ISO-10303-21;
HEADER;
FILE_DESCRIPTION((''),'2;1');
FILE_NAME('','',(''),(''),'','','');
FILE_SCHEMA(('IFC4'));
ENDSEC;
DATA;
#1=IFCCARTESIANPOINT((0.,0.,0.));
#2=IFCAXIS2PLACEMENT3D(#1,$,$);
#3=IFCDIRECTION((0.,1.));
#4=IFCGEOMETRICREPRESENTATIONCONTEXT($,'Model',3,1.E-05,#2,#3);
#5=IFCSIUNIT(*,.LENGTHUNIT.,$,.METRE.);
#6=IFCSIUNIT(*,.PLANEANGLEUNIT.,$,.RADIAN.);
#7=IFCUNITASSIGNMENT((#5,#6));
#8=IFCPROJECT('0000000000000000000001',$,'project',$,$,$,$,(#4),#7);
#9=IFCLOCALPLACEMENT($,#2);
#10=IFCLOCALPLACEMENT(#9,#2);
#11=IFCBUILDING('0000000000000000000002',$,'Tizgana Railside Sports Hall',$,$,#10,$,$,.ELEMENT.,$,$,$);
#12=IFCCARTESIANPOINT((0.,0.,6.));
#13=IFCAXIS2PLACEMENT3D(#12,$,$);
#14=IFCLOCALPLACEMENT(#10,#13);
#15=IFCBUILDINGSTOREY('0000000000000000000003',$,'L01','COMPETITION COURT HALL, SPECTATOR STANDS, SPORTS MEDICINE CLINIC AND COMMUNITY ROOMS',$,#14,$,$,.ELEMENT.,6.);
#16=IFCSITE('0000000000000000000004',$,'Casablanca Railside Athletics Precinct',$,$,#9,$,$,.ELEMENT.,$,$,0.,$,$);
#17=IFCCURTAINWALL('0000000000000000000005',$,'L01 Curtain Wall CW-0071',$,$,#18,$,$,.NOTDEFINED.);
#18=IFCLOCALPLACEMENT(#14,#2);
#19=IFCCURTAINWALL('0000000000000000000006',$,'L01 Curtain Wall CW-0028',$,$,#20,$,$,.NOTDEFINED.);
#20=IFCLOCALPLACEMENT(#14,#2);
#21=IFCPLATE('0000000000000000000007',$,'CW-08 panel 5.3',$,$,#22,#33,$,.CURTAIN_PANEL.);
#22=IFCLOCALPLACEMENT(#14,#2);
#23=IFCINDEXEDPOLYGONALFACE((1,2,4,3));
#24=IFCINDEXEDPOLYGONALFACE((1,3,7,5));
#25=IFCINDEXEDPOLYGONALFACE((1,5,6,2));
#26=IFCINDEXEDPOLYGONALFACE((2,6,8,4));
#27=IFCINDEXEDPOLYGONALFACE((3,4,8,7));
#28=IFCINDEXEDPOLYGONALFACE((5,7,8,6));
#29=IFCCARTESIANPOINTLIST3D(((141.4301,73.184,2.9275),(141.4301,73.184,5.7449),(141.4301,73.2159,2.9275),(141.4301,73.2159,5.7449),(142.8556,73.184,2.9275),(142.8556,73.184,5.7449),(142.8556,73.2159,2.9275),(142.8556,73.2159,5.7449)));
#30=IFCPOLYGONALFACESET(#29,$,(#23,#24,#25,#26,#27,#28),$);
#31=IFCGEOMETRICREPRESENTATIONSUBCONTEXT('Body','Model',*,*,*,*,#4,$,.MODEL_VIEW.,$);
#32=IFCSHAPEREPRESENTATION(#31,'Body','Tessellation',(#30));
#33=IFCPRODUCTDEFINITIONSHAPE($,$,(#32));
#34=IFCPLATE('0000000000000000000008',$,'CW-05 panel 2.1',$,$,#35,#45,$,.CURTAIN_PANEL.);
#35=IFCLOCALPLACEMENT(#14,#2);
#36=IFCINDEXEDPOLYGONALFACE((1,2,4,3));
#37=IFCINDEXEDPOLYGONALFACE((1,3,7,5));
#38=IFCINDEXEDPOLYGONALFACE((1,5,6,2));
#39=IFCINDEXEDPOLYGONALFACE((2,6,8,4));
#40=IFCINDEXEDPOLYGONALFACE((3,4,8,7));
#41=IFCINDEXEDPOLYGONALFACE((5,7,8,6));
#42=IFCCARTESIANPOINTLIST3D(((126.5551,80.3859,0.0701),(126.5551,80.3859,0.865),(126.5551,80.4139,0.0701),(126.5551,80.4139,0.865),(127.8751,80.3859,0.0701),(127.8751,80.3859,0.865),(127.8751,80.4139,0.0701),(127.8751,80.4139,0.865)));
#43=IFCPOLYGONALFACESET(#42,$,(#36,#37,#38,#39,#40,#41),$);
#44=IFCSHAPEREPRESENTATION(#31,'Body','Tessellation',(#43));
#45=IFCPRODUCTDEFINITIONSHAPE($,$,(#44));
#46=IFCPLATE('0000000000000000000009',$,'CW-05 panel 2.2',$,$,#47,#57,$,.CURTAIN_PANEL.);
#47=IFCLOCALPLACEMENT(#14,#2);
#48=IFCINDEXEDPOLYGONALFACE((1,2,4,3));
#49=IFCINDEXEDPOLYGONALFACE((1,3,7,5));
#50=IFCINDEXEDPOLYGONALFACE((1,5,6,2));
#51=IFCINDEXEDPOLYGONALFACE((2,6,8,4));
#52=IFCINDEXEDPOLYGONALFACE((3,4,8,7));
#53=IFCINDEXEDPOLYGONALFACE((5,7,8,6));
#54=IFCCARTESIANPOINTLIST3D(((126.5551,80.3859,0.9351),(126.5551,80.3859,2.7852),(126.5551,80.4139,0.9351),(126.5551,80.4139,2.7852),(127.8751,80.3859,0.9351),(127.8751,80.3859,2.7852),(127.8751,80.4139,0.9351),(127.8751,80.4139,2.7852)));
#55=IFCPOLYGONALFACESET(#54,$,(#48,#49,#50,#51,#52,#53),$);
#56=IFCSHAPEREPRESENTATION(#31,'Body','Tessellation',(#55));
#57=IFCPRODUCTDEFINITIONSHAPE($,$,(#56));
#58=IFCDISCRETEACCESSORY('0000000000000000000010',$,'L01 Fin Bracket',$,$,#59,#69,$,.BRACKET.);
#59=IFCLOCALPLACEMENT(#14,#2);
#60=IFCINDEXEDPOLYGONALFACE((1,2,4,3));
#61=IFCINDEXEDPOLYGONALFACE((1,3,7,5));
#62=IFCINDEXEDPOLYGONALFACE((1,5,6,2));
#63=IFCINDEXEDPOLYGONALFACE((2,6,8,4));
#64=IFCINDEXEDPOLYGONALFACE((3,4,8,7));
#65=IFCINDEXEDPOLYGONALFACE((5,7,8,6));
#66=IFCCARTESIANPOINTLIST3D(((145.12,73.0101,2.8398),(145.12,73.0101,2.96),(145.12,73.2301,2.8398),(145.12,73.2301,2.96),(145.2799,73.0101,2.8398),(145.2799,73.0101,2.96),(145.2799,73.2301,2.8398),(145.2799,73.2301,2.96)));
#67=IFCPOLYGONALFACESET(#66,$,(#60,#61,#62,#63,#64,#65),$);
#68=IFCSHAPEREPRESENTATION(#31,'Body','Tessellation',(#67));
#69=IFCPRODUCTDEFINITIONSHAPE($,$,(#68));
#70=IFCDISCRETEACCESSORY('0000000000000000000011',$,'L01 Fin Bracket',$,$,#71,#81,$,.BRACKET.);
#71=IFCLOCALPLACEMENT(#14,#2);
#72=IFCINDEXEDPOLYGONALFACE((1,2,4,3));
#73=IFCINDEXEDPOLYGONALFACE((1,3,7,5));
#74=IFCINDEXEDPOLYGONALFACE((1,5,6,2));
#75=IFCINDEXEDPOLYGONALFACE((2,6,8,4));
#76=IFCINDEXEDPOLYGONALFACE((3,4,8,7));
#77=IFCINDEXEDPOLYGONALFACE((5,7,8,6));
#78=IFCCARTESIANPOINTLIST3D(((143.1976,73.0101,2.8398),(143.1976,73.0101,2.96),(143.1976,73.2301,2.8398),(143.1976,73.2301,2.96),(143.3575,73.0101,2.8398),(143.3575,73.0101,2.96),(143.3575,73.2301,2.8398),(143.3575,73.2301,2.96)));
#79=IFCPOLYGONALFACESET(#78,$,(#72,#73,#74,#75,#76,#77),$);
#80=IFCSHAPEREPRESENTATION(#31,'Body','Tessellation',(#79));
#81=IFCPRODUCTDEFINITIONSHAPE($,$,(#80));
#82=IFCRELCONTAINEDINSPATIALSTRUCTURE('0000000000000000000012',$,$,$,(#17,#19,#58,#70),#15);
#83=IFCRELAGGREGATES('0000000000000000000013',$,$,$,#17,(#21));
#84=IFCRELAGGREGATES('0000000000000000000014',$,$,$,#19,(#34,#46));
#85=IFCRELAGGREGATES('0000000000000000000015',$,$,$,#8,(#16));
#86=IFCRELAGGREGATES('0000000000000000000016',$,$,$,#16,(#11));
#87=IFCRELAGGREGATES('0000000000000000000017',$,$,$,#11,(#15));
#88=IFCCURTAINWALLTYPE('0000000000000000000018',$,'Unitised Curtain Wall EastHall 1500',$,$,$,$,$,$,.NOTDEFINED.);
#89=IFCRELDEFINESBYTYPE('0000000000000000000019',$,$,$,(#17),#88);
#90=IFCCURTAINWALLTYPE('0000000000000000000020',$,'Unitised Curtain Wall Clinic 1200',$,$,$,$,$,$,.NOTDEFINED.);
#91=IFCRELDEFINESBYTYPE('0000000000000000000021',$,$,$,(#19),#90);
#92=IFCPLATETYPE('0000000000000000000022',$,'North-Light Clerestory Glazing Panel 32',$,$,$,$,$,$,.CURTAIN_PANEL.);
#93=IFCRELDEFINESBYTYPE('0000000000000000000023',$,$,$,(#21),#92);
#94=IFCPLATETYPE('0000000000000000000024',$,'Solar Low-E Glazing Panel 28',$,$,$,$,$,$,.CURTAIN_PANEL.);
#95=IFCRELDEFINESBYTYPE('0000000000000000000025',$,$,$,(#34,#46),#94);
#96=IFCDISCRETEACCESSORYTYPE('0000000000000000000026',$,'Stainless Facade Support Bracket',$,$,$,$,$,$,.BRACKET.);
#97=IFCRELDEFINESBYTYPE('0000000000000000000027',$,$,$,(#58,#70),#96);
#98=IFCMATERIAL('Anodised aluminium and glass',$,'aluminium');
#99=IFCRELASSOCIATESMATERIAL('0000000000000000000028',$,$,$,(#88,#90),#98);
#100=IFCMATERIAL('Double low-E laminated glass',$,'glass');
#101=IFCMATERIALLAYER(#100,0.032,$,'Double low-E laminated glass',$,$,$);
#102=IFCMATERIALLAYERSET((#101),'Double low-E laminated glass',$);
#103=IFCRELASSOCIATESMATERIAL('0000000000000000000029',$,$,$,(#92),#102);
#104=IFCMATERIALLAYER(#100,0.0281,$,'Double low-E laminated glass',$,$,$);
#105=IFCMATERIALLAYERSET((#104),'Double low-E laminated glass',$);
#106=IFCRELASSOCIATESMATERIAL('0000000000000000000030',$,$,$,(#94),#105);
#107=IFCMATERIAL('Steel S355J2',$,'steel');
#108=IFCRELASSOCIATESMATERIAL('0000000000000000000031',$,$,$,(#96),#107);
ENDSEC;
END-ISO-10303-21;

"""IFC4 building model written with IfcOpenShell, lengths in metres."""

from ifc_helpers import new_model, si_unit, direction, frame, origin, origin_2d, place, context, subcontext, project, spatial, rectangle, extrude, material, layer, layer_set, type_object, element, aggregate, save


model = new_model("IFC4")

# Units and contexts
model_context = context("Model", 3, precision=1e-05, world=origin(), true_north=direction((0.0, 1.0)))
body_context = subcontext(model_context, "Body", "Model", "MODEL_VIEW")
ifc_project = project(units=[si_unit("LENGTHUNIT", "METRE"), si_unit("PLANEANGLEUNIT", "RADIAN")], contexts=[model_context])

# Site, building, storey
site_placement = place(None, origin())
site = spatial("IfcSite", under=ifc_project, at=site_placement, Name="Casablanca Railside Athletics Precinct", CompositionType="ELEMENT", RefElevation=0.0)
building_placement = place(site_placement, origin())
building = spatial("IfcBuilding", under=site, at=building_placement, Name="Tizgana Railside Sports Hall", CompositionType="ELEMENT")
storey_placement = place(building_placement, frame((0.0, 0.0, 6.0)))
storey = spatial("IfcBuildingStorey", under=building, at=storey_placement, Name="L01", Description="COMPETITION COURT HALL, SPECTATOR STANDS, SPORTS MEDICINE CLINIC AND COMMUNITY ROOMS", CompositionType="ELEMENT", Elevation=6.0)

# Curtain wall
ifc_material_1 = material(Name="Anodised aluminium and glass", Category="aluminium")
curtain_wall_type_1 = type_object("IfcCurtainWallType", Name="Unitised Curtain Wall EastHall 1500", PredefinedType="NOTDEFINED", material=ifc_material_1)
curtain_wall_1_placement = place(storey_placement, origin())
curtain_wall_1 = element("IfcCurtainWall", 1, at=curtain_wall_1_placement, inside=storey, type_object=curtain_wall_type_1, Name="L01 Curtain Wall CW-0071", PredefinedType="NOTDEFINED")

# Curtain wall
curtain_wall_type_2 = type_object("IfcCurtainWallType", Name="Unitised Curtain Wall Clinic 1200", PredefinedType="NOTDEFINED", material=ifc_material_1)
curtain_wall_2_placement = place(storey_placement, origin())
curtain_wall_2 = element("IfcCurtainWall", 2, at=curtain_wall_2_placement, inside=storey, type_object=curtain_wall_type_2, Name="L01 Curtain Wall CW-0028", PredefinedType="NOTDEFINED")

# Plates
ifc_material_2 = material(Name="Double low-E laminated glass", Category="glass")
ifc_layer_1 = layer(ifc_material_2, 0.032, Name="Double low-E laminated glass")
ifc_layer_set_1 = layer_set([ifc_layer_1], Name="Double low-E laminated glass")
plate_type_1 = type_object("IfcPlateType", Name="North-Light Clerestory Glazing Panel 32", PredefinedType="CURTAIN_PANEL", material=ifc_layer_set_1)
plate_1_placement = place(storey_placement, frame((142.1428, 73.2, 2.9275), z_axis=(0.0, 0.0, 1.0), x_axis=(-1.0, 0.0, 0.0)))
plate_1 = element("IfcPlate", 3, at=plate_1_placement, type_object=plate_type_1, Name="CW-08 panel 5.3", PredefinedType="CURTAIN_PANEL", context=body_context, shape_type="SweptSolid", body=[
    extrude(rectangle(XDim=1.4255, YDim=0.032, at=origin_2d()), origin(), (0.0, 0.0, 1.0), 2.8174),
])
aggregate(curtain_wall_1, [plate_1])
ifc_layer_2 = layer(ifc_material_2, 0.0281, Name="Double low-E laminated glass")
ifc_layer_set_2 = layer_set([ifc_layer_2], Name="Double low-E laminated glass")
plate_type_2 = type_object("IfcPlateType", Name="Solar Low-E Glazing Panel 28", PredefinedType="CURTAIN_PANEL", material=ifc_layer_set_2)
plate_2_placement = place(storey_placement, frame((127.2151, 80.3999, 0.0701), z_axis=(0.0, 0.0, 1.0), x_axis=(1.0, 0.0, 0.0)))
plate_2 = element("IfcPlate", 4, at=plate_2_placement, type_object=plate_type_2, Name="CW-05 panel 2.1", PredefinedType="CURTAIN_PANEL", context=body_context, shape_type="SweptSolid", body=[
    extrude(rectangle(XDim=1.3201, YDim=0.0281, at=origin_2d()), origin(), (0.0, 0.0, 1.0), 0.7949),
])
plate_3_placement = place(storey_placement, frame((127.2151, 80.3999, 0.9351), z_axis=(0.0, 0.0, 1.0), x_axis=(1.0, 0.0, 0.0)))
plate_3 = element("IfcPlate", 5, at=plate_3_placement, type_object=plate_type_2, Name="CW-05 panel 2.2", PredefinedType="CURTAIN_PANEL", context=body_context, shape_type="SweptSolid", body=[
    extrude(rectangle(XDim=1.3201, YDim=0.0281, at=origin_2d()), origin(), (0.0, 0.0, 1.0), 1.8501),
])
aggregate(curtain_wall_2, [plate_2, plate_3])

# Discrete accessories
ifc_material_3 = material(Name="Steel S355J2", Category="steel")
discrete_accessory_type = type_object("IfcDiscreteAccessoryType", Name="Stainless Facade Support Bracket", PredefinedType="BRACKET", material=ifc_material_3)
for number, where, z_axis, x_axis, name in (
    (6, (145.2, 73.1201, 2.8398), (0.0, 0.0, 1.0), (-1.0, 0.0, 0.0), "L01 Fin Bracket"),
    (7, (143.2776, 73.1201, 2.8398), (0.0, 0.0, 1.0), (-1.0, 0.0, 0.0), "L01 Fin Bracket"),
):
    element("IfcDiscreteAccessory", number, at=place(storey_placement, frame(where, z_axis=z_axis, x_axis=x_axis)), inside=storey, type_object=discrete_accessory_type, Name=name, PredefinedType="BRACKET", context=body_context, shape_type="SweptSolid", body=[
        extrude(rectangle(XDim=0.1599, YDim=0.22, at=origin_2d()), origin(), (0.0, 0.0, 1.0), 0.1201),
    ])

save(model, "model.ifc")
